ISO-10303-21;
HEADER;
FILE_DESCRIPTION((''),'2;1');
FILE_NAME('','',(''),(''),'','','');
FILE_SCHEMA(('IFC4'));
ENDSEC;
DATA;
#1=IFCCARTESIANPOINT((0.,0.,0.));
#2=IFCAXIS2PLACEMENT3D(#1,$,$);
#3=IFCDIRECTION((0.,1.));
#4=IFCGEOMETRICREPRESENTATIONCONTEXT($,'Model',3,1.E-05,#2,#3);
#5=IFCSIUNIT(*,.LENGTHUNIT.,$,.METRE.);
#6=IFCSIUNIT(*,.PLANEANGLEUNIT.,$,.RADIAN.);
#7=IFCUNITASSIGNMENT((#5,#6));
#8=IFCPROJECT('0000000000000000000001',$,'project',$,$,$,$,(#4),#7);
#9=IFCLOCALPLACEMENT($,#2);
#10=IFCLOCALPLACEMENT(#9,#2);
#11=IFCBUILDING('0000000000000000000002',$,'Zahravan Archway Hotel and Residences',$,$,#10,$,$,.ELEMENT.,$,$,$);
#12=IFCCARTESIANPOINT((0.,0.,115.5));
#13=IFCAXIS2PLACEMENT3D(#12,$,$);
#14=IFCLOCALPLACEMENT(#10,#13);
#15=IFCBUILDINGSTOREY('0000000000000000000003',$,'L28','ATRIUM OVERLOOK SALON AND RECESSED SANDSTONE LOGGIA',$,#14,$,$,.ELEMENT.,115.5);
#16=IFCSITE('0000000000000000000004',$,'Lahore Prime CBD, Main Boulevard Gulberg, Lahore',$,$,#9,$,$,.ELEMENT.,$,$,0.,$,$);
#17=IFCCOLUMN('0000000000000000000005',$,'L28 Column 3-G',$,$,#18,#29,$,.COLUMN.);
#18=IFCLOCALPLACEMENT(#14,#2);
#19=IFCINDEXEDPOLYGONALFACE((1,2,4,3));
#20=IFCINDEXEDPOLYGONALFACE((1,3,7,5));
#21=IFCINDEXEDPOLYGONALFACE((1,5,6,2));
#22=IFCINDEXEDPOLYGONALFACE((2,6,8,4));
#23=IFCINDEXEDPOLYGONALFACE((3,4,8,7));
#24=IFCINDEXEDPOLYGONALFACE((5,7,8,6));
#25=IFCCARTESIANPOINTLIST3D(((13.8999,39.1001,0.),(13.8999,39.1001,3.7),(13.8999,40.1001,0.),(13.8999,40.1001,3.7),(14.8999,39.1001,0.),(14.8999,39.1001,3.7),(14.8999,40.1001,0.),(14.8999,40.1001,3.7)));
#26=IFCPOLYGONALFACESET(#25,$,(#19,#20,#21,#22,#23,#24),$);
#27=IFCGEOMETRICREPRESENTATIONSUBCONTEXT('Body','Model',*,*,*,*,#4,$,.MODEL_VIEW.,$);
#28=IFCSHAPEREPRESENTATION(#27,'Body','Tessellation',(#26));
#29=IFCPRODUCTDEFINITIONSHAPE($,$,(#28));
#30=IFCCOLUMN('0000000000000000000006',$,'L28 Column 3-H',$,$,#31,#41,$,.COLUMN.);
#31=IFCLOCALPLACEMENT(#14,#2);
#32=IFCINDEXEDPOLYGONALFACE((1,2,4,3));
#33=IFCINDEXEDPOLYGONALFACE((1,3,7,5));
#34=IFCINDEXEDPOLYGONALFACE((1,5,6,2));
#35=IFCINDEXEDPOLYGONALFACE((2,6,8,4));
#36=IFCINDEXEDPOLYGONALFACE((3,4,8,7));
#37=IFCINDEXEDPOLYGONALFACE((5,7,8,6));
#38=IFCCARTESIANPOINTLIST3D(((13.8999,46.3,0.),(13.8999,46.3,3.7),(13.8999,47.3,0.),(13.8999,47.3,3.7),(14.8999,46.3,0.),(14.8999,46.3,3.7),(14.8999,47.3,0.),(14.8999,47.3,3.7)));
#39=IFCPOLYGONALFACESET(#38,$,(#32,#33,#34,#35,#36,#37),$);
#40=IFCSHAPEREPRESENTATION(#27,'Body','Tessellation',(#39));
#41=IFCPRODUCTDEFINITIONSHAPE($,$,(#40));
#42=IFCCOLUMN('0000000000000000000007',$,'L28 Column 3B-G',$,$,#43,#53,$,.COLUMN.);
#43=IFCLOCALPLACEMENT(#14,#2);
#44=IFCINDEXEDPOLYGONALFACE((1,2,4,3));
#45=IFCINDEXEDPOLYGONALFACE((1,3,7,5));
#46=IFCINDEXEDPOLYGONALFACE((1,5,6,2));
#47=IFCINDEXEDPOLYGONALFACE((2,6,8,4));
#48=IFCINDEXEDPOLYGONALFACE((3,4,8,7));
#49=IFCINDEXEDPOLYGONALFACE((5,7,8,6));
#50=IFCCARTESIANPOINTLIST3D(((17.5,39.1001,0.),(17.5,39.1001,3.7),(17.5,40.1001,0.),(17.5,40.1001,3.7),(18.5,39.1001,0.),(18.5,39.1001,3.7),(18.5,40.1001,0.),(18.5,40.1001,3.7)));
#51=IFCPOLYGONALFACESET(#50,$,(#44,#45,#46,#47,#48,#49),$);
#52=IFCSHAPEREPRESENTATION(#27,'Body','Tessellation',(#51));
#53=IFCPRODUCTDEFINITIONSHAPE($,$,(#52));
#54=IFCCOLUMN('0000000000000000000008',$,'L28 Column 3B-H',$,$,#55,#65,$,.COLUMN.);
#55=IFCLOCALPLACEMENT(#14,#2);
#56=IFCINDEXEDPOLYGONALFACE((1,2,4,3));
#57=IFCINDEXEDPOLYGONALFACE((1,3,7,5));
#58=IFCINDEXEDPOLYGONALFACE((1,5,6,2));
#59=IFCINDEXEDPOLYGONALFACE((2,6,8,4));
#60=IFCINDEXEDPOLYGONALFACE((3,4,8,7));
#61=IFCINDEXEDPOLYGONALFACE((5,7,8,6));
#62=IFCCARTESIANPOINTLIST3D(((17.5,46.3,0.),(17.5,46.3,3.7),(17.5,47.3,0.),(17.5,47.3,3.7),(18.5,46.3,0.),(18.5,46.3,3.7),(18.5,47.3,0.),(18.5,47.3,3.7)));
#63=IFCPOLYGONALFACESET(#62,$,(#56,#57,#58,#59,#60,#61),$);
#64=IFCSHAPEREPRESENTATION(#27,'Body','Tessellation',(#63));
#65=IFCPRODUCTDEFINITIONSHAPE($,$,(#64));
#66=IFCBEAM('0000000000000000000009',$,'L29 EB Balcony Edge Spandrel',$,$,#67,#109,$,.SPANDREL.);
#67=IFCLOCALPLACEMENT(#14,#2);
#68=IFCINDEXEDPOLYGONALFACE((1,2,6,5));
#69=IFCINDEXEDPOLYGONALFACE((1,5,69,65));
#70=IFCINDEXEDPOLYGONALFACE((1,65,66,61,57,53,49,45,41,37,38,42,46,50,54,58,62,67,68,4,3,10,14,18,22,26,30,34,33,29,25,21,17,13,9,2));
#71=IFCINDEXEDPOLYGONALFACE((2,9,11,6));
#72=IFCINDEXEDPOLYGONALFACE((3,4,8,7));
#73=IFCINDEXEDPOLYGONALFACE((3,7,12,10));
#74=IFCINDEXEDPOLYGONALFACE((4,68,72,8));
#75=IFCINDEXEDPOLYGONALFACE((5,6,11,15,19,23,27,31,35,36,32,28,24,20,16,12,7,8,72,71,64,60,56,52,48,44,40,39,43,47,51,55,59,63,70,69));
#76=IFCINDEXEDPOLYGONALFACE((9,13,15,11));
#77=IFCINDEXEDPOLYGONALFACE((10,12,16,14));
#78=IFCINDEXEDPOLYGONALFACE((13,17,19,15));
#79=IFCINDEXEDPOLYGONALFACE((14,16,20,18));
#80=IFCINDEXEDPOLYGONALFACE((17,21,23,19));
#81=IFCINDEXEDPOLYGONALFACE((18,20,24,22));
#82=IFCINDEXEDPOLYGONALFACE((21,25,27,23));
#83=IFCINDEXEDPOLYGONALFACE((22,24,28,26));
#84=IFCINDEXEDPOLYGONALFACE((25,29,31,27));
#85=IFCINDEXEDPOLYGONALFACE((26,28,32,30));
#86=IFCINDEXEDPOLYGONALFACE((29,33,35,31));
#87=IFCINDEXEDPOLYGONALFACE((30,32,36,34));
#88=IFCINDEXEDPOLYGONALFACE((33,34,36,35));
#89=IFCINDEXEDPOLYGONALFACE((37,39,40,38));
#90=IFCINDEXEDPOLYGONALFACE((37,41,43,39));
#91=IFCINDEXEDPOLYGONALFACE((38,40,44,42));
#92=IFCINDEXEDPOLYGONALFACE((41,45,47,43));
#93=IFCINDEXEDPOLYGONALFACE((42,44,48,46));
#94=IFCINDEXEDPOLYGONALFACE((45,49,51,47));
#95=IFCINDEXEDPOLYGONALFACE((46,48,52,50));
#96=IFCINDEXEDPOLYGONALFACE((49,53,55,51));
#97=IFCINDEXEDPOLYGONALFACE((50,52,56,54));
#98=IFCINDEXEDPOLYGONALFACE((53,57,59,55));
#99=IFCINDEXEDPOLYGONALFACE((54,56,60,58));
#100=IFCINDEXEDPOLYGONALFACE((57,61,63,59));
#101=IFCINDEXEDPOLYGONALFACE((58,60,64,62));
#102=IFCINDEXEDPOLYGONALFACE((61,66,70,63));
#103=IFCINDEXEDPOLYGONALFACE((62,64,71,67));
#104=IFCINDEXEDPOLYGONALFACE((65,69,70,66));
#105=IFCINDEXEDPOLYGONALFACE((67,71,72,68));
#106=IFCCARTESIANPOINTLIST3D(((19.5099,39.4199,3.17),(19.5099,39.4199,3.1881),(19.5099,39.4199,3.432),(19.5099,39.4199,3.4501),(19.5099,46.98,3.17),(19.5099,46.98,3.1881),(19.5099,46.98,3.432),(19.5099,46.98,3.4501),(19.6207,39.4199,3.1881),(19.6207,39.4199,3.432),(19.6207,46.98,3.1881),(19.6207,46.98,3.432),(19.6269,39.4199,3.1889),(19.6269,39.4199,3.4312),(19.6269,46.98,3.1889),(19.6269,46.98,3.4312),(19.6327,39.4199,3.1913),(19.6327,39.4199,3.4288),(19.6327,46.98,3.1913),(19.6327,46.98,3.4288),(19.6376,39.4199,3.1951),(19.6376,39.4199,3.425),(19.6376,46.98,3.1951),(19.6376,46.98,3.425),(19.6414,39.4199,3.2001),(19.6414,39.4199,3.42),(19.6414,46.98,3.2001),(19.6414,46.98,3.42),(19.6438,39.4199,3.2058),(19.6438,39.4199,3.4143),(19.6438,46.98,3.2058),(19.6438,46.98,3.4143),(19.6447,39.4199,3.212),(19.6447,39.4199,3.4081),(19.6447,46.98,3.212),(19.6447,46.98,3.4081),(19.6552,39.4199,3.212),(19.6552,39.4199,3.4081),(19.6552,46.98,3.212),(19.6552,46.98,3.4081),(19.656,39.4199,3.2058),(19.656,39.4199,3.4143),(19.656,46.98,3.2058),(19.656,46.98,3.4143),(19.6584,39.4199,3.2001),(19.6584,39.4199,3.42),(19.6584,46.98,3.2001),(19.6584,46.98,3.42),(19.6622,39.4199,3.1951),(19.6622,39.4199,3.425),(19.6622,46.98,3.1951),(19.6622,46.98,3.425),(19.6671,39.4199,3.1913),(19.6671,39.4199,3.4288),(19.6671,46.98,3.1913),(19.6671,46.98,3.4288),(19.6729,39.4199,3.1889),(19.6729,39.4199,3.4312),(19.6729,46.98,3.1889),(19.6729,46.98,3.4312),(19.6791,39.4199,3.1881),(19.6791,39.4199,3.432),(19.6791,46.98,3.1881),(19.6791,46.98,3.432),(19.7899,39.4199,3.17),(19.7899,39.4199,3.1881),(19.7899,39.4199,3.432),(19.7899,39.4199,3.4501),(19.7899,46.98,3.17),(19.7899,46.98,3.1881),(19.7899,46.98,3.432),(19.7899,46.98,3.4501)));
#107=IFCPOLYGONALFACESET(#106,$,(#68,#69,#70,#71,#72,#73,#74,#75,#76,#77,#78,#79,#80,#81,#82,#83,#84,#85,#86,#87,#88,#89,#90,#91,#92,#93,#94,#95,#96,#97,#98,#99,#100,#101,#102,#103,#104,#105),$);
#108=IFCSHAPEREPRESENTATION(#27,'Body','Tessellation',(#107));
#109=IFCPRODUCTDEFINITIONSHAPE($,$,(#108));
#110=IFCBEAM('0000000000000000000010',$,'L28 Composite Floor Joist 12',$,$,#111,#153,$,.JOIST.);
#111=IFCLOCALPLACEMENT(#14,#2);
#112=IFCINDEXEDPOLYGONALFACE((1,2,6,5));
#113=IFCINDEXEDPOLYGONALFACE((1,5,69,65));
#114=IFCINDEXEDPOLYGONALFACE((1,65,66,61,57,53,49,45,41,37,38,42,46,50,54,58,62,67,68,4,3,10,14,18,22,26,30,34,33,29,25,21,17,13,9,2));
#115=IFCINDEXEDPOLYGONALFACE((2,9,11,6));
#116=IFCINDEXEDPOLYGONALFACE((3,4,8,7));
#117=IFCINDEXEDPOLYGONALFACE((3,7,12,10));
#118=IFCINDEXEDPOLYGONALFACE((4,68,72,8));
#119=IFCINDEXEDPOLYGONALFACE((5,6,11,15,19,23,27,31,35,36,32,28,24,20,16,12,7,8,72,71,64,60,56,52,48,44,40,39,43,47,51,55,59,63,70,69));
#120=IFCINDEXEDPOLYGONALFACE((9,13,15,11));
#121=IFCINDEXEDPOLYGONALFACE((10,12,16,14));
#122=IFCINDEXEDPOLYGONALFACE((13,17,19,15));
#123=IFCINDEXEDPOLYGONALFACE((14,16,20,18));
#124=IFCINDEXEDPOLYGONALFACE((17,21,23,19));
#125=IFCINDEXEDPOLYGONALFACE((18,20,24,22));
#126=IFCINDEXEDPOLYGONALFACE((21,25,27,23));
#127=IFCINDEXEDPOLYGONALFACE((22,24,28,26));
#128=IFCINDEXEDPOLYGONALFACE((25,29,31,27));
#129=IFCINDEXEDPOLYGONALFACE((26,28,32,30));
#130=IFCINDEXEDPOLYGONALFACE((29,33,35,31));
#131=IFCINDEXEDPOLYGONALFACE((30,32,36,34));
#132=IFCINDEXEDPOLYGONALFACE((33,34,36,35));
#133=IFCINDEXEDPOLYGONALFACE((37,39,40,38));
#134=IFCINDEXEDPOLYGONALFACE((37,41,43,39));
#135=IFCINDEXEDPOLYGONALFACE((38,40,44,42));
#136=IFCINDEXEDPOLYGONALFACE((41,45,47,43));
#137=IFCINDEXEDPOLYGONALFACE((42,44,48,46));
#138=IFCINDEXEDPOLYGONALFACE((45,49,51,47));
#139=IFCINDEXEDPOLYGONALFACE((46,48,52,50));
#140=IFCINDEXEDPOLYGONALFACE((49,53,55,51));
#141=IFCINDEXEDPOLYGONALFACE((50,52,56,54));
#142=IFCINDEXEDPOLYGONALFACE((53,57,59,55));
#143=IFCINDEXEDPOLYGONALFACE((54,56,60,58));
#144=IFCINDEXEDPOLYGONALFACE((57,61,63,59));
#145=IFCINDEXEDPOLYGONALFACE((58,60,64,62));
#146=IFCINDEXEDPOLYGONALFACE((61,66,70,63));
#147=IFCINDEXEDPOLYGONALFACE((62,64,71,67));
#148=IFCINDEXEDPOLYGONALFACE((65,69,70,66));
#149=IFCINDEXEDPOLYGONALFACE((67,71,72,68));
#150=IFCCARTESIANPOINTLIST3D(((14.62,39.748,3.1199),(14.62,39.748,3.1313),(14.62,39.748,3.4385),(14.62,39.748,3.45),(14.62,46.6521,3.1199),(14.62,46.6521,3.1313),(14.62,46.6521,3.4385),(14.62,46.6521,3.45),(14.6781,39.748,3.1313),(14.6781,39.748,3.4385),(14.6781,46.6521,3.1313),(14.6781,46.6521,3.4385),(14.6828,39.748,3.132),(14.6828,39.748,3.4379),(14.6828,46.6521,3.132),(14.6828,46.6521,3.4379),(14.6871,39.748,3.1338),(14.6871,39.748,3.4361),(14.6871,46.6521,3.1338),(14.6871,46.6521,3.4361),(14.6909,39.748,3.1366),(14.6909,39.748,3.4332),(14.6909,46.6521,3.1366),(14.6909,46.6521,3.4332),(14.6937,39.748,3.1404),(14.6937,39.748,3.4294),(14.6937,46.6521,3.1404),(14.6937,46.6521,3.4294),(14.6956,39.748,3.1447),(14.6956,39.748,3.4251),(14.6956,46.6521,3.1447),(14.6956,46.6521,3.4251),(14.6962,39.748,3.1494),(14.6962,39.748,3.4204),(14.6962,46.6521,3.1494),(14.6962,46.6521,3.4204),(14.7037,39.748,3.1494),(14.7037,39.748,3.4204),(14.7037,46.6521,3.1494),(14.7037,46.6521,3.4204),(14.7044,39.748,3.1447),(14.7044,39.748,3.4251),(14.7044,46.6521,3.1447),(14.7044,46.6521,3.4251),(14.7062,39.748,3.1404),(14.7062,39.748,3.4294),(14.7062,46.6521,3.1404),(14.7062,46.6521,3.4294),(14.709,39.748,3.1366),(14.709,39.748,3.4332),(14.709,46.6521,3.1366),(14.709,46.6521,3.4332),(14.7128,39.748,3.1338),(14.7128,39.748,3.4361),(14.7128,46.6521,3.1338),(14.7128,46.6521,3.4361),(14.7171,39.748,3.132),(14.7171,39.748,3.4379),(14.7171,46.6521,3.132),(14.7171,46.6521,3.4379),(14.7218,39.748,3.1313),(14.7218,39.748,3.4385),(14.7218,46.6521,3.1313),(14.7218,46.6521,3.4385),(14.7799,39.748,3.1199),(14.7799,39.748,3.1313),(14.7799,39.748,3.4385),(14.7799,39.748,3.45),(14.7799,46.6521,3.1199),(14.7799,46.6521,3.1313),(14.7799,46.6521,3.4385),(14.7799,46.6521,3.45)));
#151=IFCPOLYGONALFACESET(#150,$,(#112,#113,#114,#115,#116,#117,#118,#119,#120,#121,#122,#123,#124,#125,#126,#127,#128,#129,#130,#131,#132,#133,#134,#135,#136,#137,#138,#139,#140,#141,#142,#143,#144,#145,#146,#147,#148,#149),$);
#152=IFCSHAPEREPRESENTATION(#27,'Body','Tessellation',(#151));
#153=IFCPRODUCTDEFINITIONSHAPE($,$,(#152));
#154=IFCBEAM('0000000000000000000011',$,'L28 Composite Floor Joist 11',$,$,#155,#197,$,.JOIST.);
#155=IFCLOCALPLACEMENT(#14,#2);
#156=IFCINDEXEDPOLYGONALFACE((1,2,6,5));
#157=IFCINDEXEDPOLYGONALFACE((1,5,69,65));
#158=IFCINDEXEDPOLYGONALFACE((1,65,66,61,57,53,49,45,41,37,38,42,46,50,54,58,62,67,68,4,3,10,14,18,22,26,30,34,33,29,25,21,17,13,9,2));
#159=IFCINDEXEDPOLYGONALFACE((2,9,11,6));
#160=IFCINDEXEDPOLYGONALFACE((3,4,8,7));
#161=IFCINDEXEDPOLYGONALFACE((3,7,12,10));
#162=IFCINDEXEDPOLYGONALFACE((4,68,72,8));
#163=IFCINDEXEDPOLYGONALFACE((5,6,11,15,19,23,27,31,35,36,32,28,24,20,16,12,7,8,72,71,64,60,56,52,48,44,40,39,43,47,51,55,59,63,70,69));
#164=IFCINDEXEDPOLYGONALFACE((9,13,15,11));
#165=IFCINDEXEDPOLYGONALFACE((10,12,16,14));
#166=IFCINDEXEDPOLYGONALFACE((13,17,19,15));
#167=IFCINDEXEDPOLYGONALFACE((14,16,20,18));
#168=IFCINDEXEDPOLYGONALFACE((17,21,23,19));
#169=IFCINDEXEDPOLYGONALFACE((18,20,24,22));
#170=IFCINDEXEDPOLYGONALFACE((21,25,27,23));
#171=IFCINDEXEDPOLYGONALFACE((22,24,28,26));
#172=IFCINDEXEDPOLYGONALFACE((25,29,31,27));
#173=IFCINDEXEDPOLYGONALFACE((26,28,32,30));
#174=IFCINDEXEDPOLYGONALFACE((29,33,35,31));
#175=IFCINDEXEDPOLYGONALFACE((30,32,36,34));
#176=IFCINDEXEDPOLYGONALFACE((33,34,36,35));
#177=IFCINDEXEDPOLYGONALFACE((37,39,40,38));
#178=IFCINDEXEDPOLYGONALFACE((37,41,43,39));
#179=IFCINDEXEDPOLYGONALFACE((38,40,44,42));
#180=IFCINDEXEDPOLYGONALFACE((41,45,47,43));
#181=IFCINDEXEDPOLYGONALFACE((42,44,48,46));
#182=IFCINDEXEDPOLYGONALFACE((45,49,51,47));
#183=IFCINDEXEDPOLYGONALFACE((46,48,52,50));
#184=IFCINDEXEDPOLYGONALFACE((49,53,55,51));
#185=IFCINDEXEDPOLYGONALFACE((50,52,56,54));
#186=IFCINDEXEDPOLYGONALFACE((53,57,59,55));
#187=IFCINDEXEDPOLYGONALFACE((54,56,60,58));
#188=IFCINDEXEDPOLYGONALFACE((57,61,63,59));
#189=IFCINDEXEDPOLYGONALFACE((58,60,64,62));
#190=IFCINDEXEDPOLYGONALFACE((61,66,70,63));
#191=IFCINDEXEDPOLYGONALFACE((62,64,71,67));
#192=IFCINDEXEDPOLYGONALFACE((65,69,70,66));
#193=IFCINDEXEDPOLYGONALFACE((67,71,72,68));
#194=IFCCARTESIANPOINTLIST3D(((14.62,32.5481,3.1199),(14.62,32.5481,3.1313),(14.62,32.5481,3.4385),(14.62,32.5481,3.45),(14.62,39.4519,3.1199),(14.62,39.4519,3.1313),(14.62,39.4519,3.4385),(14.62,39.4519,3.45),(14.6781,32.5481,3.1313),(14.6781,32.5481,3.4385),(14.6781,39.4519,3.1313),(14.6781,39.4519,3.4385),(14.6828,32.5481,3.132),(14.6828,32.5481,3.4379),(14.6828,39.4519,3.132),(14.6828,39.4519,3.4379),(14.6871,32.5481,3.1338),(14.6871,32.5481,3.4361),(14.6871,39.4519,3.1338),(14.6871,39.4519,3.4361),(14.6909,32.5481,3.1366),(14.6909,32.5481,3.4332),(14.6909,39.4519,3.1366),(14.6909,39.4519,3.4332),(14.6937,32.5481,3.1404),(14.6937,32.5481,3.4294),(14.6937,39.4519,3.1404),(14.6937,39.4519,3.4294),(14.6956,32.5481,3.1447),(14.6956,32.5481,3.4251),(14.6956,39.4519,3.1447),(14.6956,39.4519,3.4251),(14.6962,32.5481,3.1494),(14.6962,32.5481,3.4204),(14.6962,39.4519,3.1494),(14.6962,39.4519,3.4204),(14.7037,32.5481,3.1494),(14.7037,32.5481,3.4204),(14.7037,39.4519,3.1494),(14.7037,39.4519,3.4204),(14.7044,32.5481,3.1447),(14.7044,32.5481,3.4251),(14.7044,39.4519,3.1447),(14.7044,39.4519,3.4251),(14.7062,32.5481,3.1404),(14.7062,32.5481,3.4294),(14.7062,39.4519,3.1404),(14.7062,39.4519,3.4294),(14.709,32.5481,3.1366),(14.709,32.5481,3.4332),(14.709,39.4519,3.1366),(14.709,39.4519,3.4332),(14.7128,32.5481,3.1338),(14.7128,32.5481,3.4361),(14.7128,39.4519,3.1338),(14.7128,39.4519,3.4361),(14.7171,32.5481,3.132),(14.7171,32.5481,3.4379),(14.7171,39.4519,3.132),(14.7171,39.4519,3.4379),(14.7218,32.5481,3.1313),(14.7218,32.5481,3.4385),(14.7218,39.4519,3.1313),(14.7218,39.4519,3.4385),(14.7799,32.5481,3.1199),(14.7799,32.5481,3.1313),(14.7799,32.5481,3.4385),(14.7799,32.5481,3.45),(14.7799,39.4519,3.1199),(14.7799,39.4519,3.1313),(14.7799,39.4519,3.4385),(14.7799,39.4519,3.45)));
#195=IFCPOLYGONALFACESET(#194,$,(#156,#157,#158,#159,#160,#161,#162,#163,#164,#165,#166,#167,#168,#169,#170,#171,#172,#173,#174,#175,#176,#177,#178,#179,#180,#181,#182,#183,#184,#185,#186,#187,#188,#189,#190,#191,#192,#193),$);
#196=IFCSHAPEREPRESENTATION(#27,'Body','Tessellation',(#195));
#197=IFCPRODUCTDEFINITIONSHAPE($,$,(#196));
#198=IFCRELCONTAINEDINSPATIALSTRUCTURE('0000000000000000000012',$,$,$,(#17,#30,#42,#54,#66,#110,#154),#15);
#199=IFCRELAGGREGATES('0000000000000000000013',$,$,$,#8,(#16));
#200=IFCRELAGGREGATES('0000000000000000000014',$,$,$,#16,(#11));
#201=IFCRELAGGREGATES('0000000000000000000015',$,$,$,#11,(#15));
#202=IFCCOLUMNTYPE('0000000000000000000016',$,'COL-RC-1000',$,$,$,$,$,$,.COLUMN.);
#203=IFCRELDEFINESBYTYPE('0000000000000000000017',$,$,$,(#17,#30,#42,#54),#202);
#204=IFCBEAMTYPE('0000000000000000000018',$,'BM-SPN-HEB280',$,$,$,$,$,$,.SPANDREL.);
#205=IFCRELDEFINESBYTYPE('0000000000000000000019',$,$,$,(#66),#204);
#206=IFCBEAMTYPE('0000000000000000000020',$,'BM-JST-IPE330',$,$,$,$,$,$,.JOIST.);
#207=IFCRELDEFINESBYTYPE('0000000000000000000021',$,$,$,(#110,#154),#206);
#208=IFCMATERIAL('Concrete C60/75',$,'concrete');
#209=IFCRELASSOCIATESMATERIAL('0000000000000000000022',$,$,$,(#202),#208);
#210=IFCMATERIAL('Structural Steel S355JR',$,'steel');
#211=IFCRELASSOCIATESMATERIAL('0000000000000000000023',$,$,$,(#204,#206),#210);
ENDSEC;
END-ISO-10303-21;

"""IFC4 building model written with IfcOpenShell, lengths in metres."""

from ifc_helpers import new_model, si_unit, direction, frame, origin, origin_2d, place, context, subcontext, project, spatial, rectangle, i_section, extrude, source, transform, mapped, material, material_profile, profile_set, type_object, type_shapes, element, save


model = new_model("IFC4")

# Units and contexts
model_context = context("Model", 3, precision=1e-05, world=origin(), true_north=direction((0.0, 1.0)))
body_context = subcontext(model_context, "Body", "Model", "MODEL_VIEW")
ifc_project = project(units=[si_unit("LENGTHUNIT", "METRE"), si_unit("PLANEANGLEUNIT", "RADIAN")], contexts=[model_context])

# Site, building, storey
site_placement = place(None, origin())
site = spatial("IfcSite", under=ifc_project, at=site_placement, Name="Lahore Prime CBD, Main Boulevard Gulberg, Lahore", CompositionType="ELEMENT", RefElevation=0.0)
building_placement = place(site_placement, origin())
building = spatial("IfcBuilding", under=site, at=building_placement, Name="Zahravan Archway Hotel and Residences", CompositionType="ELEMENT")
storey_placement = place(building_placement, frame((0.0, 0.0, 115.5)))
storey = spatial("IfcBuildingStorey", under=building, at=storey_placement, Name="L28", Description="ATRIUM OVERLOOK SALON AND RECESSED SANDSTONE LOGGIA", CompositionType="ELEMENT", Elevation=115.5)

# Columns
ifc_material_1 = material(Name="Concrete C60/75", Category="concrete")
ifc_material_profile_1 = material_profile(ifc_material_1, rectangle(XDim=1.0, YDim=1.0, at=origin_2d()), Name="RC-COL-1000x1000", Category="concrete")
ifc_profile_set_1 = profile_set([ifc_material_profile_1], Name="Concrete C60/75")
column_type = type_object("IfcColumnType", Name="COL-RC-1000", PredefinedType="COLUMN", material=ifc_profile_set_1)
shared_shape_1 = source(origin(), body_context, "Body", "SweptSolid", [
    extrude(rectangle(XDim=1.0, YDim=1.0, at=origin_2d()), origin(), (0.0, 0.0, 1.0), 3.7),
])
type_shapes(column_type, [shared_shape_1])
for number, where, z_axis, x_axis, name in (
    (1, (14.3999, 39.6001, 0.0), (0.0, 0.0, 1.0), (1.0, 0.0, 0.0), "L28 Column 3-G"),
    (2, (14.3999, 46.8, 0.0), (0.0, 0.0, 1.0), (1.0, 0.0, 0.0), "L28 Column 3-H"),
    (3, (18.0, 39.6001, 0.0), (0.0, 0.0, 1.0), (1.0, 0.0, 0.0), "L28 Column 3B-G"),
    (4, (18.0, 46.8, 0.0), (0.0, 0.0, 1.0), (1.0, 0.0, 0.0), "L28 Column 3B-H"),
):
    element("IfcColumn", number, at=place(storey_placement, frame(where, z_axis=z_axis, x_axis=x_axis)), inside=storey, type_object=column_type, Name=name, PredefinedType="COLUMN", context=body_context, shape_type="MappedRepresentation", body=[
        mapped(shared_shape_1, transform((0.0, 0.0, 0.0), scale=1.0)),
    ])

# Beams
ifc_material_2 = material(Name="Structural Steel S355JR", Category="steel")
ifc_material_profile_2 = material_profile(ifc_material_2, i_section(OverallWidth=0.28, OverallDepth=0.28, WebThickness=0.0105, FlangeThickness=0.0181, FilletRadius=0.0239, at=origin_2d()), Name="HEB 280", Category="steel")
ifc_profile_set_2 = profile_set([ifc_material_profile_2], Name="Structural Steel S355JR")
beam_type_1 = type_object("IfcBeamType", Name="BM-SPN-HEB280", PredefinedType="SPANDREL", material=ifc_profile_set_2)
shared_shape_2 = source(origin(), body_context, "Body", "SweptSolid", [
    extrude(i_section(OverallWidth=0.28, OverallDepth=0.28, WebThickness=0.0105, FlangeThickness=0.0181, FilletRadius=0.0239, at=origin_2d()), origin(), (0.0, 0.0, 1.0), 7.5601),
])
type_shapes(beam_type_1, [shared_shape_2])
beam_1_placement = place(storey_placement, frame((19.6499, 39.4199, 3.3101), z_axis=(0.0, 1.0, 0.0), x_axis=(-1.0, 0.0, 0.0)))
element("IfcBeam", 5, at=beam_1_placement, inside=storey, type_object=beam_type_1, Name="L29 EB Balcony Edge Spandrel", PredefinedType="SPANDREL", context=body_context, shape_type="MappedRepresentation", body=[
    mapped(shared_shape_2, transform((0.0, 0.0, 0.0), scale=1.0)),
])
ifc_material_profile_3 = material_profile(ifc_material_2, i_section(OverallWidth=0.1599, OverallDepth=0.3301, WebThickness=0.0076, FlangeThickness=0.0115, FilletRadius=0.0181, at=origin_2d()), Name="IPE 330", Category="steel")
ifc_profile_set_3 = profile_set([ifc_material_profile_3], Name="Structural Steel S355JR")
beam_type_2 = type_object("IfcBeamType", Name="BM-JST-IPE330", PredefinedType="JOIST", material=ifc_profile_set_3)
shared_shape_3 = source(origin(), body_context, "Body", "SweptSolid", [
    extrude(i_section(OverallWidth=0.1599, OverallDepth=0.3301, WebThickness=0.0076, FlangeThickness=0.0115, FilletRadius=0.0181, at=origin_2d()), origin(), (0.0, 0.0, 1.0), 6.9041),
])
type_shapes(beam_type_2, [shared_shape_3])
beam_2_placement = place(storey_placement, frame((14.7, 39.748, 3.2849), z_axis=(0.0, 1.0, 0.0), x_axis=(-1.0, 0.0, 0.0)))
element("IfcBeam", 6, at=beam_2_placement, inside=storey, type_object=beam_type_2, Name="L28 Composite Floor Joist 12", PredefinedType="JOIST", context=body_context, shape_type="MappedRepresentation", body=[
    mapped(shared_shape_3, transform((0.0, 0.0, 0.0), scale=1.0)),
])
shared_shape_4 = source(origin(), body_context, "Body", "SweptSolid", [
    extrude(i_section(OverallWidth=0.1599, OverallDepth=0.3301, WebThickness=0.0076, FlangeThickness=0.0115, FilletRadius=0.0181, at=origin_2d()), origin(), (0.0, 0.0, 1.0), 6.9038),
])
beam_3_placement = place(storey_placement, frame((14.7, 32.5481, 3.2849), z_axis=(0.0, 1.0, 0.0), x_axis=(-1.0, 0.0, 0.0)))
element("IfcBeam", 7, at=beam_3_placement, inside=storey, type_object=beam_type_2, Name="L28 Composite Floor Joist 11", PredefinedType="JOIST", context=body_context, shape_type="MappedRepresentation", body=[
    mapped(shared_shape_4, transform((0.0, 0.0, 0.0), scale=1.0)),
])

save(model, "model.ifc")
